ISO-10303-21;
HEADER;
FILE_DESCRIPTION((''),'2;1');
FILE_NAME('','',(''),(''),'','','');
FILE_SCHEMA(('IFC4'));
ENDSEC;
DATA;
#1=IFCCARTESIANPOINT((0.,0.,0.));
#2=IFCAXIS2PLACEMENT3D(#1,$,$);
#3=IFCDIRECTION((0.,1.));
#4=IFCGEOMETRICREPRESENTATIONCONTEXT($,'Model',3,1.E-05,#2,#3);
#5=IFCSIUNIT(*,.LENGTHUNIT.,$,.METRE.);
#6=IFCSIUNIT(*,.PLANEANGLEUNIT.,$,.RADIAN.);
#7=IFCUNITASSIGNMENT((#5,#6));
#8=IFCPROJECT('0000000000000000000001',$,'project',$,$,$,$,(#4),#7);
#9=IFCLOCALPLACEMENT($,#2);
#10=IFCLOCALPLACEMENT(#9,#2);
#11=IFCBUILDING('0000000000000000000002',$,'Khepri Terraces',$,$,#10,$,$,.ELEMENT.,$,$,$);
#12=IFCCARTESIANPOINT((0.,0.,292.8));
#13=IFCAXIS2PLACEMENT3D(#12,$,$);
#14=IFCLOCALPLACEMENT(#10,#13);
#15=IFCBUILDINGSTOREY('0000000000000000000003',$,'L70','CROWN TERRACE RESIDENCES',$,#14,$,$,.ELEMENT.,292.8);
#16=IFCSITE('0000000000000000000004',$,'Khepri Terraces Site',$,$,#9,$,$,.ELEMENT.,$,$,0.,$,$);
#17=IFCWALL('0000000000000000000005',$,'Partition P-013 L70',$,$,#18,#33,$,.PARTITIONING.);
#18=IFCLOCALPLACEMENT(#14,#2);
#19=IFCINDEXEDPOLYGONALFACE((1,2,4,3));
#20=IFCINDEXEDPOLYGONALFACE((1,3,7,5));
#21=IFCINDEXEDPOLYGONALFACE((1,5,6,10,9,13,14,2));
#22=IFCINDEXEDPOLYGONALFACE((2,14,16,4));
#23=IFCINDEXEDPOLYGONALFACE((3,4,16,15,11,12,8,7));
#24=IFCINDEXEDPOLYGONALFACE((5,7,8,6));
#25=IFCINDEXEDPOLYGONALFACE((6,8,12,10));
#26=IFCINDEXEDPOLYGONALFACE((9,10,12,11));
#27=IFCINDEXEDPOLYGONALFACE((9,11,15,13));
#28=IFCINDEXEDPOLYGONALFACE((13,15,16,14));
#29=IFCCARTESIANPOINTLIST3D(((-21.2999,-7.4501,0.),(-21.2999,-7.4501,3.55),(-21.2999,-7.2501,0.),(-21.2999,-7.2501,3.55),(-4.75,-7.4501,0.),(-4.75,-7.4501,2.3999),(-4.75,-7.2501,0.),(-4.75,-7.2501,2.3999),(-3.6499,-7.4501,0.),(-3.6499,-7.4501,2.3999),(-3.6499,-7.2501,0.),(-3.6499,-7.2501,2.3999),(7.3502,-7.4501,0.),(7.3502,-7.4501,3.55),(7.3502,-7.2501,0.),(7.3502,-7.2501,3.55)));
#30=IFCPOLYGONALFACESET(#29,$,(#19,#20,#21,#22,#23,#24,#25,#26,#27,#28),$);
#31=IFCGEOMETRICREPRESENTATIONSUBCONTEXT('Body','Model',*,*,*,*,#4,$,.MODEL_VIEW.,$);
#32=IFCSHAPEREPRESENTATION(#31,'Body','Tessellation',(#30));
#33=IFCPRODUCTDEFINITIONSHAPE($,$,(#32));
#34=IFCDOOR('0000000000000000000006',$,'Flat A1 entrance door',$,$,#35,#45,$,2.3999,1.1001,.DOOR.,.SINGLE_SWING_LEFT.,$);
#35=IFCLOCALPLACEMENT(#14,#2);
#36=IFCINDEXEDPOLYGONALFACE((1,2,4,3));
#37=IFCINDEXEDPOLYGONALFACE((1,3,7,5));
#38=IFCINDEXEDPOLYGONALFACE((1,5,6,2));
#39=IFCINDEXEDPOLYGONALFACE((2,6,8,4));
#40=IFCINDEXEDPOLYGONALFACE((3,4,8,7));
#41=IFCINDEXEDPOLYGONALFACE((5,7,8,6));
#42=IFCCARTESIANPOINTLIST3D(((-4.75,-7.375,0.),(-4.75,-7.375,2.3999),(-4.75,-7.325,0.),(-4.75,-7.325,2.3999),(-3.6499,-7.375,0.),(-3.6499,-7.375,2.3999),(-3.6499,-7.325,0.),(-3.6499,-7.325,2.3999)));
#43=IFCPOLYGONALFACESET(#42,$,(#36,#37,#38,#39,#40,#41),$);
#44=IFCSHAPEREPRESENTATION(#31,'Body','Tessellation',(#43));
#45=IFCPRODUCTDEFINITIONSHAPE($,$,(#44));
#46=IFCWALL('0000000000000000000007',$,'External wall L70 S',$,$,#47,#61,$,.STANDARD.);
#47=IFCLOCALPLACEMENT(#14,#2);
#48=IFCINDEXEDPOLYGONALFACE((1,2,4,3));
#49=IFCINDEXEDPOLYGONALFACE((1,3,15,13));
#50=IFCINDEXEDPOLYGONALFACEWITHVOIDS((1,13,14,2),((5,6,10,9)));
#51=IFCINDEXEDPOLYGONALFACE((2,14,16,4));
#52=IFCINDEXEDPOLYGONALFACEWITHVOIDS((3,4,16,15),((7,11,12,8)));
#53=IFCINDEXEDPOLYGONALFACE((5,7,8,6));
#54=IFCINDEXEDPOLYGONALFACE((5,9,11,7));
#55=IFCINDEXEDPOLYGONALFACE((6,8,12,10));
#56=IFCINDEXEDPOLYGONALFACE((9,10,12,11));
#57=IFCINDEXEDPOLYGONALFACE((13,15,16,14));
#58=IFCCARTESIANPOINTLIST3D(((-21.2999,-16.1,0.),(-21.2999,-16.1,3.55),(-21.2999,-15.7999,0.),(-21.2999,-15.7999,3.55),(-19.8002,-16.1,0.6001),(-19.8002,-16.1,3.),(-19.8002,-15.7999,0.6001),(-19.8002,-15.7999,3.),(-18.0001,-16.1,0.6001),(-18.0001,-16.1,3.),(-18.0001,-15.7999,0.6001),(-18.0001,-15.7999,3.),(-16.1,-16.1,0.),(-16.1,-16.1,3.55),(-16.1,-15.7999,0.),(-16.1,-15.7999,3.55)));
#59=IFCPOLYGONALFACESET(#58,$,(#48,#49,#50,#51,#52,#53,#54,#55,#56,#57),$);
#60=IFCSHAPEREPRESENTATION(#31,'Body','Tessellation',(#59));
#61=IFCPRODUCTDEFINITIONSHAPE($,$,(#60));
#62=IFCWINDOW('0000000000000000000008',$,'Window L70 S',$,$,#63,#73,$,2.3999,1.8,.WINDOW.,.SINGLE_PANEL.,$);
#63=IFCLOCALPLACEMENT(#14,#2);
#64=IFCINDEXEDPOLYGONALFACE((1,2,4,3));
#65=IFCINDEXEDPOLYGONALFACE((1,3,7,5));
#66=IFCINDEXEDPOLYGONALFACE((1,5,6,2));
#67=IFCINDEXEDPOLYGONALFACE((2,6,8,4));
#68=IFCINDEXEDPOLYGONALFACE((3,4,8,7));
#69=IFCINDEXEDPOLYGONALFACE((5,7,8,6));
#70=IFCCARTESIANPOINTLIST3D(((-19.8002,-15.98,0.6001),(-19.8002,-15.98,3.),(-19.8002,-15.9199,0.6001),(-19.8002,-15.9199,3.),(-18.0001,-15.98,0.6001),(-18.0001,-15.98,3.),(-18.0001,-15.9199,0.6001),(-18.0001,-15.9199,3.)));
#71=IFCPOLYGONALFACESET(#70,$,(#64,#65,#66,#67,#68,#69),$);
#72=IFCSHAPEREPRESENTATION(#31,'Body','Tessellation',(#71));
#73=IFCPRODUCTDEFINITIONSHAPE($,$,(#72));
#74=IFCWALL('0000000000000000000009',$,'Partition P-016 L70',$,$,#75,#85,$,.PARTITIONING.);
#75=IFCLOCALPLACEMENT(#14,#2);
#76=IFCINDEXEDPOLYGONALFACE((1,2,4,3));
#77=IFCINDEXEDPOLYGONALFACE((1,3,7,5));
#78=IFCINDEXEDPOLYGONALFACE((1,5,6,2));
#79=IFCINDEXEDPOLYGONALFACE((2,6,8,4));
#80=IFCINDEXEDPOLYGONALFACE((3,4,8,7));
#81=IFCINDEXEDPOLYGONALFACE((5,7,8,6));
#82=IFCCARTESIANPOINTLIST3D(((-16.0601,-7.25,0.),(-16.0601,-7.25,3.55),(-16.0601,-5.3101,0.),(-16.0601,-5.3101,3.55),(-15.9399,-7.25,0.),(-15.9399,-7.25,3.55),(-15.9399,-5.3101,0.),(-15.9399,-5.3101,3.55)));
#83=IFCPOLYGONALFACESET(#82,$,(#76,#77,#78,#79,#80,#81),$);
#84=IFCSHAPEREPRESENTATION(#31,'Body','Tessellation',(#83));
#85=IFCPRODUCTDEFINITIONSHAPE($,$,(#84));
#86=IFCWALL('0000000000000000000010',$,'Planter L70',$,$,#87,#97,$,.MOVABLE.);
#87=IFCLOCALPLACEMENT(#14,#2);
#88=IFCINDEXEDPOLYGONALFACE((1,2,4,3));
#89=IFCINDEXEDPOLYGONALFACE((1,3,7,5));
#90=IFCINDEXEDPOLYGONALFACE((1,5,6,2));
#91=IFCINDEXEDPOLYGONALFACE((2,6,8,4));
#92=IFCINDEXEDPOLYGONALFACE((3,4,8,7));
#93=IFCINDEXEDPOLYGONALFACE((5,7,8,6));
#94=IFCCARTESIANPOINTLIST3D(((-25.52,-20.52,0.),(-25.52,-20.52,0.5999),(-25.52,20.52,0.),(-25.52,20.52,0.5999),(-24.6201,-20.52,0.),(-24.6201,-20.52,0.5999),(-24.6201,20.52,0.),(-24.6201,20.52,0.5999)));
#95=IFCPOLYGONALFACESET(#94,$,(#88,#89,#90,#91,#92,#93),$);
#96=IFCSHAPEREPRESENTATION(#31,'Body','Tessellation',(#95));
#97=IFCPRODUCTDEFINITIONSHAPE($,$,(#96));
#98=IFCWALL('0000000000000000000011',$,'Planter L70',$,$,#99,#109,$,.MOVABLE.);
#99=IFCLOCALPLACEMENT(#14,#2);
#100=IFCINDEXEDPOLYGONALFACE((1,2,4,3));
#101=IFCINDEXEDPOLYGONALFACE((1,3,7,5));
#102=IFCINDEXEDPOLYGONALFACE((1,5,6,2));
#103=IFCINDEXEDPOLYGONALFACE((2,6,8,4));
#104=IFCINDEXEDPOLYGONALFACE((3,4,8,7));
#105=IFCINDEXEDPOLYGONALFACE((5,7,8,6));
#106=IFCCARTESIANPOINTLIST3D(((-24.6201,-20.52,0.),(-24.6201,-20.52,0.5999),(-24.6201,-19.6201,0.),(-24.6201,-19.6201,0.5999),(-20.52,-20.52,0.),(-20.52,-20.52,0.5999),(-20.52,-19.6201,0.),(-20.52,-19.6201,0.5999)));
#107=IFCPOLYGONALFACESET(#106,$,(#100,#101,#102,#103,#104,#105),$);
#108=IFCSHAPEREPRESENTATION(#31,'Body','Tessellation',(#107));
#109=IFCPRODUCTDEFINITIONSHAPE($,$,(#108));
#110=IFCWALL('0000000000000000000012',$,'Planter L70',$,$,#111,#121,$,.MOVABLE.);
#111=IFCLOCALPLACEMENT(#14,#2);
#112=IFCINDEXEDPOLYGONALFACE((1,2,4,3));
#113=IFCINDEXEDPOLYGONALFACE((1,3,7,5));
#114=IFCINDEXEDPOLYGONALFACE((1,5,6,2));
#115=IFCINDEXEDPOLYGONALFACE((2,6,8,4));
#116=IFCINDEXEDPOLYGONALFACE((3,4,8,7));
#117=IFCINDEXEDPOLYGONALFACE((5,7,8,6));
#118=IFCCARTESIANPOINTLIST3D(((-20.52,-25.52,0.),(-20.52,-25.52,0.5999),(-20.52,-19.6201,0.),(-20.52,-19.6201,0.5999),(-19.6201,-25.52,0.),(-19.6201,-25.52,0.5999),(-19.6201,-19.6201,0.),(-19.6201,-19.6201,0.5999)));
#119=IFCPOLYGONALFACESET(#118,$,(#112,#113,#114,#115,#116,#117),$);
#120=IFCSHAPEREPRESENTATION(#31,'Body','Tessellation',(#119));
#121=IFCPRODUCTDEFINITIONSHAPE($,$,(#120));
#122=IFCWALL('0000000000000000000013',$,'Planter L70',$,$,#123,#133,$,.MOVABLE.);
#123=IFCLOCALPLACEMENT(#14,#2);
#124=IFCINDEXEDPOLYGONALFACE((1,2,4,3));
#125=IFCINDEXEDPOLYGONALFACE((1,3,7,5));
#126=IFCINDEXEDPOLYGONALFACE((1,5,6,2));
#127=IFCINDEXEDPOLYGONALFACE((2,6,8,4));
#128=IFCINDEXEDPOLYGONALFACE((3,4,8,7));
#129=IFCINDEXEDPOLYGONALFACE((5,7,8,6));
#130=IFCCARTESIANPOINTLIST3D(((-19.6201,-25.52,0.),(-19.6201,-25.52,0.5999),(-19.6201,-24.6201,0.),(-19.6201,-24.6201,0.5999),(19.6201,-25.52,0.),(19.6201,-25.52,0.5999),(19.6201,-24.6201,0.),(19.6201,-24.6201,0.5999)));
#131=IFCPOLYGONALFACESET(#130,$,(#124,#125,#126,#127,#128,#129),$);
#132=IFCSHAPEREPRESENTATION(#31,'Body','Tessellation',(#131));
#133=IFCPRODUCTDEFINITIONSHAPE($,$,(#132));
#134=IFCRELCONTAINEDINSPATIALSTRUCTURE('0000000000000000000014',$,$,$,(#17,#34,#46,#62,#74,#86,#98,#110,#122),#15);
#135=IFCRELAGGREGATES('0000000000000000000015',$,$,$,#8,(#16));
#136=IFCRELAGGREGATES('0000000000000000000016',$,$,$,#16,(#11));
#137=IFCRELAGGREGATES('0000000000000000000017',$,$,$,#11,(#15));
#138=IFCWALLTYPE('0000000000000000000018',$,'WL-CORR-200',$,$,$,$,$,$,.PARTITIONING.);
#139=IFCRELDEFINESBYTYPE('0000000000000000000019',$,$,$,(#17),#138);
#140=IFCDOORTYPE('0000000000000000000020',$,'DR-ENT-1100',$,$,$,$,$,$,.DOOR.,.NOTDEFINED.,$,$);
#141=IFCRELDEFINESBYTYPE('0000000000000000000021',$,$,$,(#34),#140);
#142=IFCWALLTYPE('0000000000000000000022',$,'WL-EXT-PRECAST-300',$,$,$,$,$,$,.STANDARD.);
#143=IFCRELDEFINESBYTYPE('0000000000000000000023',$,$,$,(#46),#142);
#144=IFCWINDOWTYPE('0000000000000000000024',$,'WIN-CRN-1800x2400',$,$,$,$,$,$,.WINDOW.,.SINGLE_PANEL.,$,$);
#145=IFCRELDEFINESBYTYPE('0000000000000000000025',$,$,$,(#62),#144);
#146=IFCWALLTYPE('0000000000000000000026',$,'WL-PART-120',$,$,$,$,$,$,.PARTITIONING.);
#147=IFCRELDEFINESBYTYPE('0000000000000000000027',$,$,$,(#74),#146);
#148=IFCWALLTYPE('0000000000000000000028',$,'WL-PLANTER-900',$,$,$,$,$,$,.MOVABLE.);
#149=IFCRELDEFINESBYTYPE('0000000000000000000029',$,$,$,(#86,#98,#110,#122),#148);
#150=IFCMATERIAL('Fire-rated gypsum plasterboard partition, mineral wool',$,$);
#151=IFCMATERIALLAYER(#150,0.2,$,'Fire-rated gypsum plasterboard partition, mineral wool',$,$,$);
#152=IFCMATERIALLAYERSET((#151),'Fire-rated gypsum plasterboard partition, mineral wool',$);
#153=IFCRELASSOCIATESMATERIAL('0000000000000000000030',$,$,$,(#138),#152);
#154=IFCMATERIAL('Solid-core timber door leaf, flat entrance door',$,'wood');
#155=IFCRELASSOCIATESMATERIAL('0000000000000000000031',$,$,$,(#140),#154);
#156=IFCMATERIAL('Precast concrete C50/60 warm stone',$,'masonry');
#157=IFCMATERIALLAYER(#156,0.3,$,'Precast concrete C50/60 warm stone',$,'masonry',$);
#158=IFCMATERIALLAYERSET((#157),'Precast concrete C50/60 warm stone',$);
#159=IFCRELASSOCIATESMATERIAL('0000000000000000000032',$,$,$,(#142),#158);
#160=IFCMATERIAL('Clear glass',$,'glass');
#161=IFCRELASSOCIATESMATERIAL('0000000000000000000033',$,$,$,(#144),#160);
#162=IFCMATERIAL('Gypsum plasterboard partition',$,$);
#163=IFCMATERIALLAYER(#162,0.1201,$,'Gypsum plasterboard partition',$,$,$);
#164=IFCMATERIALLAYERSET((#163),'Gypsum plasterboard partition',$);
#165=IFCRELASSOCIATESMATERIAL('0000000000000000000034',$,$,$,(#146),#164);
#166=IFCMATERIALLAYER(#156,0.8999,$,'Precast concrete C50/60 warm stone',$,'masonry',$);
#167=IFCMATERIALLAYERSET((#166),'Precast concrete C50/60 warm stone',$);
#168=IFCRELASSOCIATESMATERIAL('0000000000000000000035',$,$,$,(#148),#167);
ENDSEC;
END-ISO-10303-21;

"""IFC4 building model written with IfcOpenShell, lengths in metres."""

from ifc_helpers import new_model, si_unit, direction, frame, frame_2d, origin, place, context, subcontext, project, spatial, rectangle, extrude, material, layer, layer_set, type_object, element, fill, save


model = new_model("IFC4")

# Units and contexts
model_context = context("Model", 3, precision=1e-05, world=origin(), true_north=direction((0.0, 1.0)))
body_context = subcontext(model_context, "Body", "Model", "MODEL_VIEW")
ifc_project = project(units=[si_unit("LENGTHUNIT", "METRE"), si_unit("PLANEANGLEUNIT", "RADIAN")], contexts=[model_context])

# Site, building, storey
site_placement = place(None, origin())
site = spatial("IfcSite", under=ifc_project, at=site_placement, Name="Khepri Terraces Site", CompositionType="ELEMENT", RefElevation=0.0)
building_placement = place(site_placement, origin())
building = spatial("IfcBuilding", under=site, at=building_placement, Name="Khepri Terraces", CompositionType="ELEMENT")
storey_placement = place(building_placement, frame((0.0, 0.0, 292.8)))
storey = spatial("IfcBuildingStorey", under=building, at=storey_placement, Name="L70", Description="CROWN TERRACE RESIDENCES", CompositionType="ELEMENT", Elevation=292.8)

# Wall, opening, door
ifc_material_1 = material(Name="Fire-rated gypsum plasterboard partition, mineral wool")
ifc_layer_1 = layer(ifc_material_1, 0.2, Name="Fire-rated gypsum plasterboard partition, mineral wool")
ifc_layer_set_1 = layer_set([ifc_layer_1], Name="Fire-rated gypsum plasterboard partition, mineral wool")
wall_type_1 = type_object("IfcWallType", Name="WL-CORR-200", PredefinedType="PARTITIONING", material=ifc_layer_set_1)
wall_1_placement = place(storey_placement, frame((-21.3, -7.3501, 0.0), z_axis=(0.0, 0.0, 1.0), x_axis=(1.0, 0.0, 0.0)))
wall_1 = element("IfcWall", 1, at=wall_1_placement, inside=storey, type_object=wall_type_1, Name="Partition P-013 L70", PredefinedType="PARTITIONING", context=body_context, shape_type="SweptSolid", body=[
    extrude(rectangle(XDim=28.6501, YDim=0.2, at=frame_2d((14.3252, 0.0))), origin(), (0.0, 0.0, 1.0), 3.55),
])
opening_1_placement = place(wall_1_placement, frame((16.55, 0.0, 0.0)))
opening_1 = element("IfcOpeningElement", 2, at=opening_1_placement, cuts=wall_1, PredefinedType="OPENING", context=body_context, shape_type="SweptSolid", body=[
    extrude(rectangle(XDim=1.1001, YDim=2.3999, at=frame_2d((0.55, 1.2))), frame((0.0, 0.1099, 0.0), z_axis=(0.0, -1.0, 0.0), x_axis=(1.0, 0.0, 0.0)), (0.0, 0.0, 1.0), 0.22),
])
ifc_material_2 = material(Name="Solid-core timber door leaf, flat entrance door", Category="wood")
door_type_1 = type_object("IfcDoorType", Name="DR-ENT-1100", OperationType="NOTDEFINED", PredefinedType="DOOR", material=ifc_material_2)
door_1_placement = place(opening_1_placement, frame((1.1001, 0.0, 0.0), z_axis=(0.0, 0.0, 1.0), x_axis=(-1.0, 0.0, 0.0)))
door_1 = element("IfcDoor", 3, at=door_1_placement, inside=storey, type_object=door_type_1, Name="Flat A1 entrance door", OperationType="SINGLE_SWING_LEFT", OverallHeight=2.3999, OverallWidth=1.1001, PredefinedType="DOOR", context=body_context, shape_type="SweptSolid", body=[
    extrude(rectangle(XDim=1.1001, YDim=2.3999, at=frame_2d((0.55, 1.2))), frame((0.0, 0.0249, 0.0), z_axis=(0.0, -1.0, 0.0), x_axis=(1.0, 0.0, 0.0)), (0.0, 0.0, 1.0), 0.05),
])
fill(opening_1, door_1)

# Wall, opening, window
ifc_material_3 = material(Name="Precast concrete C50/60 warm stone", Category="masonry")
ifc_layer_2 = layer(ifc_material_3, 0.3, Name="Precast concrete C50/60 warm stone", Category="masonry")
ifc_layer_set_2 = layer_set([ifc_layer_2], Name="Precast concrete C50/60 warm stone")
wall_type_2 = type_object("IfcWallType", Name="WL-EXT-PRECAST-300", PredefinedType="STANDARD", material=ifc_layer_set_2)
wall_2_placement = place(storey_placement, frame((-21.3, -15.95, 0.0), z_axis=(0.0, 0.0, 1.0), x_axis=(1.0, 0.0, 0.0)))
wall_2 = element("IfcWall", 4, at=wall_2_placement, inside=storey, type_object=wall_type_2, Name="External wall L70 S", PredefinedType="STANDARD", context=body_context, shape_type="SweptSolid", body=[
    extrude(rectangle(XDim=5.2, YDim=0.3, at=frame_2d((2.6001, 0.0))), origin(), (0.0, 0.0, 1.0), 3.55),
])
opening_2_placement = place(wall_2_placement, frame((1.5, 0.0, 0.6001)))
opening_2 = element("IfcOpeningElement", 5, at=opening_2_placement, cuts=wall_2, PredefinedType="OPENING", context=body_context, shape_type="SweptSolid", body=[
    extrude(rectangle(XDim=1.8, YDim=2.3999, at=frame_2d((0.8999, 1.2))), frame((0.0, 0.1602, 0.0), z_axis=(0.0, -1.0, 0.0), x_axis=(1.0, 0.0, 0.0)), (0.0, 0.0, 1.0), 0.3201),
])
ifc_material_4 = material(Name="Clear glass", Category="glass")
window_type = type_object("IfcWindowType", Name="WIN-CRN-1800x2400", PartitioningType="SINGLE_PANEL", PredefinedType="WINDOW", material=ifc_material_4)
window_placement = place(opening_2_placement, origin())
window = element("IfcWindow", 6, at=window_placement, inside=storey, type_object=window_type, Name="Window L70 S", OverallHeight=2.3999, OverallWidth=1.8, PartitioningType="SINGLE_PANEL", PredefinedType="WINDOW", context=body_context, shape_type="SweptSolid", body=[
    extrude(rectangle(XDim=1.8, YDim=2.3999, at=frame_2d((0.8999, 1.2))), frame((0.0, 0.03, 0.0), z_axis=(0.0, -1.0, 0.0), x_axis=(1.0, 0.0, 0.0)), (0.0, 0.0, 1.0), 0.0601),
])
fill(opening_2, window)

# Walls
ifc_material_5 = material(Name="Gypsum plasterboard partition")
ifc_layer_3 = layer(ifc_material_5, 0.1201, Name="Gypsum plasterboard partition")
ifc_layer_set_3 = layer_set([ifc_layer_3], Name="Gypsum plasterboard partition")
wall_type_3 = type_object("IfcWallType", Name="WL-PART-120", PredefinedType="PARTITIONING", material=ifc_layer_set_3)
wall_3_placement = place(storey_placement, frame((-16.0, -7.25, 0.0), z_axis=(0.0, 0.0, 1.0), x_axis=(0.0, 1.0, 0.0)))
element("IfcWall", 7, at=wall_3_placement, inside=storey, type_object=wall_type_3, Name="Partition P-016 L70", PredefinedType="PARTITIONING", context=body_context, shape_type="SweptSolid", body=[
    extrude(rectangle(XDim=1.9399, YDim=0.1201, at=frame_2d((0.97, 0.0))), origin(), (0.0, 0.0, 1.0), 3.55),
])
ifc_layer_4 = layer(ifc_material_3, 0.8999, Name="Precast concrete C50/60 warm stone", Category="masonry")
ifc_layer_set_4 = layer_set([ifc_layer_4], Name="Precast concrete C50/60 warm stone")
wall_type_4 = type_object("IfcWallType", Name="WL-PLANTER-900", PredefinedType="MOVABLE", material=ifc_layer_set_4)
wall_4_placement = place(storey_placement, frame((-25.0701, -20.52, 0.0), z_axis=(0.0, 0.0, 1.0), x_axis=(0.0, 1.0, 0.0)))
element("IfcWall", 8, at=wall_4_placement, inside=storey, type_object=wall_type_4, Name="Planter L70", PredefinedType="MOVABLE", context=body_context, shape_type="SweptSolid", body=[
    extrude(rectangle(XDim=41.04, YDim=0.8999, at=frame_2d((20.52, 0.0))), origin(), (0.0, 0.0, 1.0), 0.5999),
])
wall_5_placement = place(storey_placement, frame((-24.6201, -20.0701, 0.0), z_axis=(0.0, 0.0, 1.0), x_axis=(1.0, 0.0, 0.0)))
element("IfcWall", 9, at=wall_5_placement, inside=storey, type_object=wall_type_4, Name="Planter L70", PredefinedType="MOVABLE", context=body_context, shape_type="SweptSolid", body=[
    extrude(rectangle(XDim=4.1001, YDim=0.8999, at=frame_2d((2.05, 0.0))), origin(), (0.0, 0.0, 1.0), 0.5999),
])
wall_6_placement = place(storey_placement, frame((-20.0701, -25.52, 0.0), z_axis=(0.0, 0.0, 1.0), x_axis=(0.0, 1.0, 0.0)))
element("IfcWall", 10, at=wall_6_placement, inside=storey, type_object=wall_type_4, Name="Planter L70", PredefinedType="MOVABLE", context=body_context, shape_type="SweptSolid", body=[
    extrude(rectangle(XDim=5.8999, YDim=0.8999, at=frame_2d((2.95, 0.0))), origin(), (0.0, 0.0, 1.0), 0.5999),
])
wall_7_placement = place(storey_placement, frame((-19.6201, -25.0701, 0.0), z_axis=(0.0, 0.0, 1.0), x_axis=(1.0, 0.0, 0.0)))
element("IfcWall", 11, at=wall_7_placement, inside=storey, type_object=wall_type_4, Name="Planter L70", PredefinedType="MOVABLE", context=body_context, shape_type="SweptSolid", body=[
    extrude(rectangle(XDim=39.2402, YDim=0.8999, at=frame_2d((19.6201, 0.0))), origin(), (0.0, 0.0, 1.0), 0.5999),
])

save(model, "model.ifc")
